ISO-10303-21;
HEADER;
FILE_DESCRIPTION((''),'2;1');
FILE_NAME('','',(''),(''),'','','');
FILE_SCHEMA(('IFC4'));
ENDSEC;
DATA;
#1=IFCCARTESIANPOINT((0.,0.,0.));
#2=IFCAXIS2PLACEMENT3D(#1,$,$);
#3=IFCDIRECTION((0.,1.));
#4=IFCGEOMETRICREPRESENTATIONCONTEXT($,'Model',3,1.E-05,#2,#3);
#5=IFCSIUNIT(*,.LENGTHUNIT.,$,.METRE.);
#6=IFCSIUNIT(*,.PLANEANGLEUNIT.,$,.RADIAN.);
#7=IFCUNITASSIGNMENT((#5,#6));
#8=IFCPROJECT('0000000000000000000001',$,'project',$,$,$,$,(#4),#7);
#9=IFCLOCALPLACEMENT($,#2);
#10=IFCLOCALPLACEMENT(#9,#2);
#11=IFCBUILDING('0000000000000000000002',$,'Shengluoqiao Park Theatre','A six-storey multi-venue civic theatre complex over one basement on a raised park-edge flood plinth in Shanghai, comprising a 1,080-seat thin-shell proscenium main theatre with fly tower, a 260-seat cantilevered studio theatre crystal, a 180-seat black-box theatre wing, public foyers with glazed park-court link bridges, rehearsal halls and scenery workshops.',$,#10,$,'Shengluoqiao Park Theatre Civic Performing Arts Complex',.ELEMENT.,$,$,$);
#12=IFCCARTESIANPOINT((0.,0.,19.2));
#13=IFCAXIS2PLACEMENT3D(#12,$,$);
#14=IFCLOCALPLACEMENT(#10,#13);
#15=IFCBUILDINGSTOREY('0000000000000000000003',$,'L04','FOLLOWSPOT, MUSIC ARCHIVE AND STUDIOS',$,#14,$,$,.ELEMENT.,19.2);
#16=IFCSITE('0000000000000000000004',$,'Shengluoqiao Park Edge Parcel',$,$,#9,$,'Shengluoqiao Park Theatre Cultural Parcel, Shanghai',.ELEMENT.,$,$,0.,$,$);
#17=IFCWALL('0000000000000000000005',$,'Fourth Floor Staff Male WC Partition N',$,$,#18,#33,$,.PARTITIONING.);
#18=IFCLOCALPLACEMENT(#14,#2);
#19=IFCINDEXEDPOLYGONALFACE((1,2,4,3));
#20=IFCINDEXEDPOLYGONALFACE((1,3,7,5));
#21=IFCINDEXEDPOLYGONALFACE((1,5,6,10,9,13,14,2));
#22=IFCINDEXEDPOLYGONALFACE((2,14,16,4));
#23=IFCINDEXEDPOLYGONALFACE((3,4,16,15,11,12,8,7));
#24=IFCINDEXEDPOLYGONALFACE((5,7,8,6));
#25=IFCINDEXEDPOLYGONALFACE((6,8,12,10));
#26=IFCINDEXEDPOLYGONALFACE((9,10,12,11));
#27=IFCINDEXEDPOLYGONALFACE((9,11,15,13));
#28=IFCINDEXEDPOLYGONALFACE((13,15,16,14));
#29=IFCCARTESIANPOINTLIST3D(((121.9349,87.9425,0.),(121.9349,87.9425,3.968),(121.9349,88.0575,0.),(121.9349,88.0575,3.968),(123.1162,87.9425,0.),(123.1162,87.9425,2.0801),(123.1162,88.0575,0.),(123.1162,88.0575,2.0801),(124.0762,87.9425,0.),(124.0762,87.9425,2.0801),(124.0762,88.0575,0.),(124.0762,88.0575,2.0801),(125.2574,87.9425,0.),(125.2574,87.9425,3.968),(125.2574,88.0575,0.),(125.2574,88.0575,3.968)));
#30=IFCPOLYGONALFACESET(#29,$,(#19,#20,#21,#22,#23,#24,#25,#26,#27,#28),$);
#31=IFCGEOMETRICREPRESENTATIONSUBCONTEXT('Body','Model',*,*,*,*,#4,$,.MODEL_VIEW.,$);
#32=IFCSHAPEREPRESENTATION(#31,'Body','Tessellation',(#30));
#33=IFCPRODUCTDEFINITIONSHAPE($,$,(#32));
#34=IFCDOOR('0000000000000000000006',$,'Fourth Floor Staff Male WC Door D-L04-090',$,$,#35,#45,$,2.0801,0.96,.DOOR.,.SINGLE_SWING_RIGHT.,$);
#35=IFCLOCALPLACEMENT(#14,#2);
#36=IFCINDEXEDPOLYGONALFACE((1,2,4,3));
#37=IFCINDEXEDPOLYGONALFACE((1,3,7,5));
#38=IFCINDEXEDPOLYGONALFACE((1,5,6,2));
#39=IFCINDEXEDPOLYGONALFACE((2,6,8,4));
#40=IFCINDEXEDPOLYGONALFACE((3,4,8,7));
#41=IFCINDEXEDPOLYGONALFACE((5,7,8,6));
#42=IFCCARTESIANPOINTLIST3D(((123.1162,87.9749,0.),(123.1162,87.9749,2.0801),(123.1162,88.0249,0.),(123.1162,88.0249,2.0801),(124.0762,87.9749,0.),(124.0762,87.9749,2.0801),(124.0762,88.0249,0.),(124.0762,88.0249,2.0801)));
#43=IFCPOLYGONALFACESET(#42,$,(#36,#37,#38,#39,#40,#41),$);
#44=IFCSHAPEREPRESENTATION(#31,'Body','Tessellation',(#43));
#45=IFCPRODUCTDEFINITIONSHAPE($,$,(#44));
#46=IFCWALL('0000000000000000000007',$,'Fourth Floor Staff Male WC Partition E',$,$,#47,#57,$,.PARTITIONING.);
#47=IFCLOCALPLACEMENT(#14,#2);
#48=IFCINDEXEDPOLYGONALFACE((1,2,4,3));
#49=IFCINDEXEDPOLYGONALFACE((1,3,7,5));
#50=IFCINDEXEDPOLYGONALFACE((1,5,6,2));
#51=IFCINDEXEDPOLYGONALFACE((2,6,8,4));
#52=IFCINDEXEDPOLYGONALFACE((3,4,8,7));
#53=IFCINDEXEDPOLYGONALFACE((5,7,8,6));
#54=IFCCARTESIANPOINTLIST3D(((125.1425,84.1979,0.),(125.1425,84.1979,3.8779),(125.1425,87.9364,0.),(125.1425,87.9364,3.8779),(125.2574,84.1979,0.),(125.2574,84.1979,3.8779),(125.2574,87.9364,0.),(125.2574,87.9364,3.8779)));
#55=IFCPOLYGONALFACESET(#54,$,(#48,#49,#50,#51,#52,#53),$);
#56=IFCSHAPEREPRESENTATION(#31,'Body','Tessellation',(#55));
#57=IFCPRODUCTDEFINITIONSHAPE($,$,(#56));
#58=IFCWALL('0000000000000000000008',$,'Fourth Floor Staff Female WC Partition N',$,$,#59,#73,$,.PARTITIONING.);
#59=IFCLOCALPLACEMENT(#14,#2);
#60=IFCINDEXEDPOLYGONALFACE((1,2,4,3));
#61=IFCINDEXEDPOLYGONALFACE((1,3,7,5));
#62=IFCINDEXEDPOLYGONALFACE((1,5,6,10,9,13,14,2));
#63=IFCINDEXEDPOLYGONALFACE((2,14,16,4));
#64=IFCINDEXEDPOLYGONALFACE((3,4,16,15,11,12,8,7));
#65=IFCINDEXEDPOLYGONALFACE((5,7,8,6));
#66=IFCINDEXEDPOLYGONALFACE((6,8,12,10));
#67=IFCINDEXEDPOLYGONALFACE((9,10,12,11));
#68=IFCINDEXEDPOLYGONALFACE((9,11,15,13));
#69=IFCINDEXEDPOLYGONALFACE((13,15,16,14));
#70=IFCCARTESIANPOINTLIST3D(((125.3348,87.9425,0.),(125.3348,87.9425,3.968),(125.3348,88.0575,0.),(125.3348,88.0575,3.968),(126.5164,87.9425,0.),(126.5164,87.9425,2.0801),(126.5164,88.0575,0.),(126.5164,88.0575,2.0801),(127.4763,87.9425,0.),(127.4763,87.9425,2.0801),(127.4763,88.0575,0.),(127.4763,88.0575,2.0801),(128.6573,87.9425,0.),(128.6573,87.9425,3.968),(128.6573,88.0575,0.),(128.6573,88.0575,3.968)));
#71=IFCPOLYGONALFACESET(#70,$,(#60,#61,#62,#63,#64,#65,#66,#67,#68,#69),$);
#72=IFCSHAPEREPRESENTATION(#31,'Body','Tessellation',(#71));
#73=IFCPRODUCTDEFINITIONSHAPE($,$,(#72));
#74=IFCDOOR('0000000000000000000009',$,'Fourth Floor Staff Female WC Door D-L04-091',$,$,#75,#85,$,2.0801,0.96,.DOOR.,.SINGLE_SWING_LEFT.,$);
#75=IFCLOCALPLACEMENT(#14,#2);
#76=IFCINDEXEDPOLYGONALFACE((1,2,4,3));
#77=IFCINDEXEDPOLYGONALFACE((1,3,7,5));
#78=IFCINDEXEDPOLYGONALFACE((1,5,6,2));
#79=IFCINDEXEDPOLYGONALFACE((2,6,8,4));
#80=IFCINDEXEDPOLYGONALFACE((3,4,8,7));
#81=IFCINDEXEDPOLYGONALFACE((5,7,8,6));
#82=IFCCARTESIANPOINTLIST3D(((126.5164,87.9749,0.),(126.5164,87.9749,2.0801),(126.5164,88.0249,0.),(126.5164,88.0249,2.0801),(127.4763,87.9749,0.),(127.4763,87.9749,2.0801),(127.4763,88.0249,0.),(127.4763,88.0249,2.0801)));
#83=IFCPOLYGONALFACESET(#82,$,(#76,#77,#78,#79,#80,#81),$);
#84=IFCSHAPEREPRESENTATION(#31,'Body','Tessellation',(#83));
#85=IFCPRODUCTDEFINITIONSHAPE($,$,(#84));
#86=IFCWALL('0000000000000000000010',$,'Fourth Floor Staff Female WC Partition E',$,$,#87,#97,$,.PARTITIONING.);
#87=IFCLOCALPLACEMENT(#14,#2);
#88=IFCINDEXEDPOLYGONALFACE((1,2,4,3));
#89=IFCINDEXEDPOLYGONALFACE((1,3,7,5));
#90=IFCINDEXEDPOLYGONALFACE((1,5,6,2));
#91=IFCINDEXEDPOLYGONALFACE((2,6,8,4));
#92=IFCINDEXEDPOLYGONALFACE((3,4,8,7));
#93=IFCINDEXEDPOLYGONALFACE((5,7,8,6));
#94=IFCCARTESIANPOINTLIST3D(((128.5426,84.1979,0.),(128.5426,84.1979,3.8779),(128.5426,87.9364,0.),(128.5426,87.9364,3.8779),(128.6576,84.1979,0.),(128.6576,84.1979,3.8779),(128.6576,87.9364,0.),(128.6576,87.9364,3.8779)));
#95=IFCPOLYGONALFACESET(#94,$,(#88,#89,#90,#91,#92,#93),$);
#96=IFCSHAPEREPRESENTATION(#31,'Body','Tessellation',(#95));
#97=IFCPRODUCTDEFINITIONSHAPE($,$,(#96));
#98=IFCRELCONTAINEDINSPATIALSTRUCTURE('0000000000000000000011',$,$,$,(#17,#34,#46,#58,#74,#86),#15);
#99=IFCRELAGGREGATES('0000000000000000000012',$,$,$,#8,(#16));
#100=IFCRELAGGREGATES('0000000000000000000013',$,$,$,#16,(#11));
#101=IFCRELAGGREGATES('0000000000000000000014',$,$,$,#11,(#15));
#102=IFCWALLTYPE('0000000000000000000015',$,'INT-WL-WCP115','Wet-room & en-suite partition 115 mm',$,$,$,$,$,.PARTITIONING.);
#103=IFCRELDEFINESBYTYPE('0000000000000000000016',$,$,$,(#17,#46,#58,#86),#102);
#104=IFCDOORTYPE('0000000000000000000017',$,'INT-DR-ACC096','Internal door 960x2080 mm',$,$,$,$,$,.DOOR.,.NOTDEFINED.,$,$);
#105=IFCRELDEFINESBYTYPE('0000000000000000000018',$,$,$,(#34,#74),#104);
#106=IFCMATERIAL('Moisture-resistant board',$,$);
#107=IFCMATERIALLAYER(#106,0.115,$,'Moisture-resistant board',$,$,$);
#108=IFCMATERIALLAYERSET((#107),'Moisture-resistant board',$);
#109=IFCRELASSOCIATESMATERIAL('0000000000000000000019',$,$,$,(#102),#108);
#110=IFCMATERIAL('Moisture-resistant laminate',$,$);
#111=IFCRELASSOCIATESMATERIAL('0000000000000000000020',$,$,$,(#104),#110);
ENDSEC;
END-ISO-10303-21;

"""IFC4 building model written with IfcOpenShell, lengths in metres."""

from ifc_helpers import new_model, si_unit, direction, frame, frame_2d, origin, place, context, subcontext, project, spatial, rectangle, extrude, material, layer, layer_set, type_object, element, fill, save


model = new_model("IFC4")

# Units and contexts
model_context = context("Model", 3, precision=1e-05, world=origin(), true_north=direction((0.0, 1.0)))
body_context = subcontext(model_context, "Body", "Model", "MODEL_VIEW")
ifc_project = project(units=[si_unit("LENGTHUNIT", "METRE"), si_unit("PLANEANGLEUNIT", "RADIAN")], contexts=[model_context])

# Site, building, storey
site_placement = place(None, origin())
site = spatial("IfcSite", under=ifc_project, at=site_placement, Name="Shengluoqiao Park Edge Parcel", LongName="Shengluoqiao Park Theatre Cultural Parcel, Shanghai", CompositionType="ELEMENT", RefElevation=0.0)
building_placement = place(site_placement, origin())
building = spatial("IfcBuilding", under=site, at=building_placement, Name="Shengluoqiao Park Theatre", Description="A six-storey multi-venue civic theatre complex over one basement on a raised park-edge flood plinth in Shanghai, comprising a 1,080-seat thin-shell proscenium main theatre with fly tower, a 260-seat cantilevered studio theatre crystal, a 180-seat black-box theatre wing, public foyers with glazed park-court link bridges, rehearsal halls and scenery workshops.", LongName="Shengluoqiao Park Theatre Civic Performing Arts Complex", CompositionType="ELEMENT")
storey_placement = place(building_placement, frame((0.0, 0.0, 19.2)))
storey = spatial("IfcBuildingStorey", under=building, at=storey_placement, Name="L04", Description="FOLLOWSPOT, MUSIC ARCHIVE AND STUDIOS", CompositionType="ELEMENT", Elevation=19.2)

# Shared definitions
ifc_material_1 = material(Name="Moisture-resistant board")
ifc_layer_1 = layer(ifc_material_1, 0.115, Name="Moisture-resistant board")
ifc_layer_set_1 = layer_set([ifc_layer_1], Name="Moisture-resistant board")
wall_type_1 = type_object("IfcWallType", Name="INT-WL-WCP115", Description="Wet-room & en-suite partition 115 mm", PredefinedType="PARTITIONING", material=ifc_layer_set_1)
ifc_material_2 = material(Name="Moisture-resistant laminate")
door_type_1 = type_object("IfcDoorType", Name="INT-DR-ACC096", Description="Internal door 960x2080 mm", OperationType="NOTDEFINED", PredefinedType="DOOR", material=ifc_material_2)

# Wall, opening, door
wall_1_placement = place(storey_placement, frame((121.9351, 88.0, 0.0), z_axis=(0.0, 0.0, 1.0), x_axis=(1.0, 0.0, 0.0)))
wall_1 = element("IfcWall", 1, at=wall_1_placement, inside=storey, type_object=wall_type_1, Name="Fourth Floor Staff Male WC Partition N", PredefinedType="PARTITIONING", context=body_context, shape_type="SweptSolid", body=[
    extrude(rectangle(XDim=3.3225, YDim=0.115, at=frame_2d((1.6611, 0.0))), origin(), (0.0, 0.0, 1.0), 3.968),
])
opening_1_placement = place(wall_1_placement, frame((1.1812, 0.0, 0.0)))
opening_1 = element("IfcOpeningElement", 2, at=opening_1_placement, cuts=wall_1, PredefinedType="OPENING", context=body_context, shape_type="SweptSolid", body=[
    extrude(rectangle(XDim=0.96, YDim=2.0801, at=frame_2d((0.48, 1.04))), frame((0.0, 0.0674, 0.0), z_axis=(0.0, -1.0, 0.0), x_axis=(1.0, 0.0, 0.0)), (0.0, 0.0, 1.0), 0.135),
])
door_1_placement = place(opening_1_placement, origin())
door_1 = element("IfcDoor", 3, at=door_1_placement, inside=storey, type_object=door_type_1, Name="Fourth Floor Staff Male WC Door D-L04-090", OperationType="SINGLE_SWING_RIGHT", OverallHeight=2.0801, OverallWidth=0.96, PredefinedType="DOOR", context=body_context, shape_type="SweptSolid", body=[
    extrude(rectangle(XDim=0.96, YDim=2.0801, at=frame_2d((0.48, 1.04))), frame((0.0, 0.0249, 0.0), z_axis=(0.0, -1.0, 0.0), x_axis=(1.0, 0.0, 0.0)), (0.0, 0.0, 1.0), 0.05),
])
fill(opening_1, door_1)

# Wall
wall_2_placement = place(storey_placement, frame((125.2, 84.198, 0.0), z_axis=(0.0, 0.0, 1.0), x_axis=(0.0, 1.0, 0.0)))
element("IfcWall", 4, at=wall_2_placement, inside=storey, type_object=wall_type_1, Name="Fourth Floor Staff Male WC Partition E", PredefinedType="PARTITIONING", context=body_context, shape_type="SweptSolid", body=[
    extrude(rectangle(XDim=3.7385, YDim=0.115, at=frame_2d((1.8691, 0.0))), origin(), (0.0, 0.0, 1.0), 3.8779),
])

# Wall, opening, door
wall_3_placement = place(storey_placement, frame((125.335, 88.0, 0.0), z_axis=(0.0, 0.0, 1.0), x_axis=(1.0, 0.0, 0.0)))
wall_3 = element("IfcWall", 5, at=wall_3_placement, inside=storey, type_object=wall_type_1, Name="Fourth Floor Staff Female WC Partition N", PredefinedType="PARTITIONING", context=body_context, shape_type="SweptSolid", body=[
    extrude(rectangle(XDim=3.3225, YDim=0.115, at=frame_2d((1.6611, 0.0))), origin(), (0.0, 0.0, 1.0), 3.968),
])
opening_2_placement = place(wall_3_placement, frame((1.1814, 0.0, 0.0)))
opening_2 = element("IfcOpeningElement", 6, at=opening_2_placement, cuts=wall_3, PredefinedType="OPENING", context=body_context, shape_type="SweptSolid", body=[
    extrude(rectangle(XDim=0.96, YDim=2.0801, at=frame_2d((0.48, 1.04))), frame((0.0, 0.0674, 0.0), z_axis=(0.0, -1.0, 0.0), x_axis=(1.0, 0.0, 0.0)), (0.0, 0.0, 1.0), 0.135),
])
door_2_placement = place(opening_2_placement, origin())
door_2 = element("IfcDoor", 7, at=door_2_placement, inside=storey, type_object=door_type_1, Name="Fourth Floor Staff Female WC Door D-L04-091", OperationType="SINGLE_SWING_LEFT", OverallHeight=2.0801, OverallWidth=0.96, PredefinedType="DOOR", context=body_context, shape_type="SweptSolid", body=[
    extrude(rectangle(XDim=0.96, YDim=2.0801, at=frame_2d((0.48, 1.04))), frame((0.0, 0.0249, 0.0), z_axis=(0.0, -1.0, 0.0), x_axis=(1.0, 0.0, 0.0)), (0.0, 0.0, 1.0), 0.05),
])
fill(opening_2, door_2)

# Wall
wall_4_placement = place(storey_placement, frame((128.6001, 84.198, 0.0), z_axis=(0.0, 0.0, 1.0), x_axis=(0.0, 1.0, 0.0)))
element("IfcWall", 8, at=wall_4_placement, inside=storey, type_object=wall_type_1, Name="Fourth Floor Staff Female WC Partition E", PredefinedType="PARTITIONING", context=body_context, shape_type="SweptSolid", body=[
    extrude(rectangle(XDim=3.7385, YDim=0.115, at=frame_2d((1.8691, 0.0))), origin(), (0.0, 0.0, 1.0), 3.8779),
])

save(model, "model.ifc")
